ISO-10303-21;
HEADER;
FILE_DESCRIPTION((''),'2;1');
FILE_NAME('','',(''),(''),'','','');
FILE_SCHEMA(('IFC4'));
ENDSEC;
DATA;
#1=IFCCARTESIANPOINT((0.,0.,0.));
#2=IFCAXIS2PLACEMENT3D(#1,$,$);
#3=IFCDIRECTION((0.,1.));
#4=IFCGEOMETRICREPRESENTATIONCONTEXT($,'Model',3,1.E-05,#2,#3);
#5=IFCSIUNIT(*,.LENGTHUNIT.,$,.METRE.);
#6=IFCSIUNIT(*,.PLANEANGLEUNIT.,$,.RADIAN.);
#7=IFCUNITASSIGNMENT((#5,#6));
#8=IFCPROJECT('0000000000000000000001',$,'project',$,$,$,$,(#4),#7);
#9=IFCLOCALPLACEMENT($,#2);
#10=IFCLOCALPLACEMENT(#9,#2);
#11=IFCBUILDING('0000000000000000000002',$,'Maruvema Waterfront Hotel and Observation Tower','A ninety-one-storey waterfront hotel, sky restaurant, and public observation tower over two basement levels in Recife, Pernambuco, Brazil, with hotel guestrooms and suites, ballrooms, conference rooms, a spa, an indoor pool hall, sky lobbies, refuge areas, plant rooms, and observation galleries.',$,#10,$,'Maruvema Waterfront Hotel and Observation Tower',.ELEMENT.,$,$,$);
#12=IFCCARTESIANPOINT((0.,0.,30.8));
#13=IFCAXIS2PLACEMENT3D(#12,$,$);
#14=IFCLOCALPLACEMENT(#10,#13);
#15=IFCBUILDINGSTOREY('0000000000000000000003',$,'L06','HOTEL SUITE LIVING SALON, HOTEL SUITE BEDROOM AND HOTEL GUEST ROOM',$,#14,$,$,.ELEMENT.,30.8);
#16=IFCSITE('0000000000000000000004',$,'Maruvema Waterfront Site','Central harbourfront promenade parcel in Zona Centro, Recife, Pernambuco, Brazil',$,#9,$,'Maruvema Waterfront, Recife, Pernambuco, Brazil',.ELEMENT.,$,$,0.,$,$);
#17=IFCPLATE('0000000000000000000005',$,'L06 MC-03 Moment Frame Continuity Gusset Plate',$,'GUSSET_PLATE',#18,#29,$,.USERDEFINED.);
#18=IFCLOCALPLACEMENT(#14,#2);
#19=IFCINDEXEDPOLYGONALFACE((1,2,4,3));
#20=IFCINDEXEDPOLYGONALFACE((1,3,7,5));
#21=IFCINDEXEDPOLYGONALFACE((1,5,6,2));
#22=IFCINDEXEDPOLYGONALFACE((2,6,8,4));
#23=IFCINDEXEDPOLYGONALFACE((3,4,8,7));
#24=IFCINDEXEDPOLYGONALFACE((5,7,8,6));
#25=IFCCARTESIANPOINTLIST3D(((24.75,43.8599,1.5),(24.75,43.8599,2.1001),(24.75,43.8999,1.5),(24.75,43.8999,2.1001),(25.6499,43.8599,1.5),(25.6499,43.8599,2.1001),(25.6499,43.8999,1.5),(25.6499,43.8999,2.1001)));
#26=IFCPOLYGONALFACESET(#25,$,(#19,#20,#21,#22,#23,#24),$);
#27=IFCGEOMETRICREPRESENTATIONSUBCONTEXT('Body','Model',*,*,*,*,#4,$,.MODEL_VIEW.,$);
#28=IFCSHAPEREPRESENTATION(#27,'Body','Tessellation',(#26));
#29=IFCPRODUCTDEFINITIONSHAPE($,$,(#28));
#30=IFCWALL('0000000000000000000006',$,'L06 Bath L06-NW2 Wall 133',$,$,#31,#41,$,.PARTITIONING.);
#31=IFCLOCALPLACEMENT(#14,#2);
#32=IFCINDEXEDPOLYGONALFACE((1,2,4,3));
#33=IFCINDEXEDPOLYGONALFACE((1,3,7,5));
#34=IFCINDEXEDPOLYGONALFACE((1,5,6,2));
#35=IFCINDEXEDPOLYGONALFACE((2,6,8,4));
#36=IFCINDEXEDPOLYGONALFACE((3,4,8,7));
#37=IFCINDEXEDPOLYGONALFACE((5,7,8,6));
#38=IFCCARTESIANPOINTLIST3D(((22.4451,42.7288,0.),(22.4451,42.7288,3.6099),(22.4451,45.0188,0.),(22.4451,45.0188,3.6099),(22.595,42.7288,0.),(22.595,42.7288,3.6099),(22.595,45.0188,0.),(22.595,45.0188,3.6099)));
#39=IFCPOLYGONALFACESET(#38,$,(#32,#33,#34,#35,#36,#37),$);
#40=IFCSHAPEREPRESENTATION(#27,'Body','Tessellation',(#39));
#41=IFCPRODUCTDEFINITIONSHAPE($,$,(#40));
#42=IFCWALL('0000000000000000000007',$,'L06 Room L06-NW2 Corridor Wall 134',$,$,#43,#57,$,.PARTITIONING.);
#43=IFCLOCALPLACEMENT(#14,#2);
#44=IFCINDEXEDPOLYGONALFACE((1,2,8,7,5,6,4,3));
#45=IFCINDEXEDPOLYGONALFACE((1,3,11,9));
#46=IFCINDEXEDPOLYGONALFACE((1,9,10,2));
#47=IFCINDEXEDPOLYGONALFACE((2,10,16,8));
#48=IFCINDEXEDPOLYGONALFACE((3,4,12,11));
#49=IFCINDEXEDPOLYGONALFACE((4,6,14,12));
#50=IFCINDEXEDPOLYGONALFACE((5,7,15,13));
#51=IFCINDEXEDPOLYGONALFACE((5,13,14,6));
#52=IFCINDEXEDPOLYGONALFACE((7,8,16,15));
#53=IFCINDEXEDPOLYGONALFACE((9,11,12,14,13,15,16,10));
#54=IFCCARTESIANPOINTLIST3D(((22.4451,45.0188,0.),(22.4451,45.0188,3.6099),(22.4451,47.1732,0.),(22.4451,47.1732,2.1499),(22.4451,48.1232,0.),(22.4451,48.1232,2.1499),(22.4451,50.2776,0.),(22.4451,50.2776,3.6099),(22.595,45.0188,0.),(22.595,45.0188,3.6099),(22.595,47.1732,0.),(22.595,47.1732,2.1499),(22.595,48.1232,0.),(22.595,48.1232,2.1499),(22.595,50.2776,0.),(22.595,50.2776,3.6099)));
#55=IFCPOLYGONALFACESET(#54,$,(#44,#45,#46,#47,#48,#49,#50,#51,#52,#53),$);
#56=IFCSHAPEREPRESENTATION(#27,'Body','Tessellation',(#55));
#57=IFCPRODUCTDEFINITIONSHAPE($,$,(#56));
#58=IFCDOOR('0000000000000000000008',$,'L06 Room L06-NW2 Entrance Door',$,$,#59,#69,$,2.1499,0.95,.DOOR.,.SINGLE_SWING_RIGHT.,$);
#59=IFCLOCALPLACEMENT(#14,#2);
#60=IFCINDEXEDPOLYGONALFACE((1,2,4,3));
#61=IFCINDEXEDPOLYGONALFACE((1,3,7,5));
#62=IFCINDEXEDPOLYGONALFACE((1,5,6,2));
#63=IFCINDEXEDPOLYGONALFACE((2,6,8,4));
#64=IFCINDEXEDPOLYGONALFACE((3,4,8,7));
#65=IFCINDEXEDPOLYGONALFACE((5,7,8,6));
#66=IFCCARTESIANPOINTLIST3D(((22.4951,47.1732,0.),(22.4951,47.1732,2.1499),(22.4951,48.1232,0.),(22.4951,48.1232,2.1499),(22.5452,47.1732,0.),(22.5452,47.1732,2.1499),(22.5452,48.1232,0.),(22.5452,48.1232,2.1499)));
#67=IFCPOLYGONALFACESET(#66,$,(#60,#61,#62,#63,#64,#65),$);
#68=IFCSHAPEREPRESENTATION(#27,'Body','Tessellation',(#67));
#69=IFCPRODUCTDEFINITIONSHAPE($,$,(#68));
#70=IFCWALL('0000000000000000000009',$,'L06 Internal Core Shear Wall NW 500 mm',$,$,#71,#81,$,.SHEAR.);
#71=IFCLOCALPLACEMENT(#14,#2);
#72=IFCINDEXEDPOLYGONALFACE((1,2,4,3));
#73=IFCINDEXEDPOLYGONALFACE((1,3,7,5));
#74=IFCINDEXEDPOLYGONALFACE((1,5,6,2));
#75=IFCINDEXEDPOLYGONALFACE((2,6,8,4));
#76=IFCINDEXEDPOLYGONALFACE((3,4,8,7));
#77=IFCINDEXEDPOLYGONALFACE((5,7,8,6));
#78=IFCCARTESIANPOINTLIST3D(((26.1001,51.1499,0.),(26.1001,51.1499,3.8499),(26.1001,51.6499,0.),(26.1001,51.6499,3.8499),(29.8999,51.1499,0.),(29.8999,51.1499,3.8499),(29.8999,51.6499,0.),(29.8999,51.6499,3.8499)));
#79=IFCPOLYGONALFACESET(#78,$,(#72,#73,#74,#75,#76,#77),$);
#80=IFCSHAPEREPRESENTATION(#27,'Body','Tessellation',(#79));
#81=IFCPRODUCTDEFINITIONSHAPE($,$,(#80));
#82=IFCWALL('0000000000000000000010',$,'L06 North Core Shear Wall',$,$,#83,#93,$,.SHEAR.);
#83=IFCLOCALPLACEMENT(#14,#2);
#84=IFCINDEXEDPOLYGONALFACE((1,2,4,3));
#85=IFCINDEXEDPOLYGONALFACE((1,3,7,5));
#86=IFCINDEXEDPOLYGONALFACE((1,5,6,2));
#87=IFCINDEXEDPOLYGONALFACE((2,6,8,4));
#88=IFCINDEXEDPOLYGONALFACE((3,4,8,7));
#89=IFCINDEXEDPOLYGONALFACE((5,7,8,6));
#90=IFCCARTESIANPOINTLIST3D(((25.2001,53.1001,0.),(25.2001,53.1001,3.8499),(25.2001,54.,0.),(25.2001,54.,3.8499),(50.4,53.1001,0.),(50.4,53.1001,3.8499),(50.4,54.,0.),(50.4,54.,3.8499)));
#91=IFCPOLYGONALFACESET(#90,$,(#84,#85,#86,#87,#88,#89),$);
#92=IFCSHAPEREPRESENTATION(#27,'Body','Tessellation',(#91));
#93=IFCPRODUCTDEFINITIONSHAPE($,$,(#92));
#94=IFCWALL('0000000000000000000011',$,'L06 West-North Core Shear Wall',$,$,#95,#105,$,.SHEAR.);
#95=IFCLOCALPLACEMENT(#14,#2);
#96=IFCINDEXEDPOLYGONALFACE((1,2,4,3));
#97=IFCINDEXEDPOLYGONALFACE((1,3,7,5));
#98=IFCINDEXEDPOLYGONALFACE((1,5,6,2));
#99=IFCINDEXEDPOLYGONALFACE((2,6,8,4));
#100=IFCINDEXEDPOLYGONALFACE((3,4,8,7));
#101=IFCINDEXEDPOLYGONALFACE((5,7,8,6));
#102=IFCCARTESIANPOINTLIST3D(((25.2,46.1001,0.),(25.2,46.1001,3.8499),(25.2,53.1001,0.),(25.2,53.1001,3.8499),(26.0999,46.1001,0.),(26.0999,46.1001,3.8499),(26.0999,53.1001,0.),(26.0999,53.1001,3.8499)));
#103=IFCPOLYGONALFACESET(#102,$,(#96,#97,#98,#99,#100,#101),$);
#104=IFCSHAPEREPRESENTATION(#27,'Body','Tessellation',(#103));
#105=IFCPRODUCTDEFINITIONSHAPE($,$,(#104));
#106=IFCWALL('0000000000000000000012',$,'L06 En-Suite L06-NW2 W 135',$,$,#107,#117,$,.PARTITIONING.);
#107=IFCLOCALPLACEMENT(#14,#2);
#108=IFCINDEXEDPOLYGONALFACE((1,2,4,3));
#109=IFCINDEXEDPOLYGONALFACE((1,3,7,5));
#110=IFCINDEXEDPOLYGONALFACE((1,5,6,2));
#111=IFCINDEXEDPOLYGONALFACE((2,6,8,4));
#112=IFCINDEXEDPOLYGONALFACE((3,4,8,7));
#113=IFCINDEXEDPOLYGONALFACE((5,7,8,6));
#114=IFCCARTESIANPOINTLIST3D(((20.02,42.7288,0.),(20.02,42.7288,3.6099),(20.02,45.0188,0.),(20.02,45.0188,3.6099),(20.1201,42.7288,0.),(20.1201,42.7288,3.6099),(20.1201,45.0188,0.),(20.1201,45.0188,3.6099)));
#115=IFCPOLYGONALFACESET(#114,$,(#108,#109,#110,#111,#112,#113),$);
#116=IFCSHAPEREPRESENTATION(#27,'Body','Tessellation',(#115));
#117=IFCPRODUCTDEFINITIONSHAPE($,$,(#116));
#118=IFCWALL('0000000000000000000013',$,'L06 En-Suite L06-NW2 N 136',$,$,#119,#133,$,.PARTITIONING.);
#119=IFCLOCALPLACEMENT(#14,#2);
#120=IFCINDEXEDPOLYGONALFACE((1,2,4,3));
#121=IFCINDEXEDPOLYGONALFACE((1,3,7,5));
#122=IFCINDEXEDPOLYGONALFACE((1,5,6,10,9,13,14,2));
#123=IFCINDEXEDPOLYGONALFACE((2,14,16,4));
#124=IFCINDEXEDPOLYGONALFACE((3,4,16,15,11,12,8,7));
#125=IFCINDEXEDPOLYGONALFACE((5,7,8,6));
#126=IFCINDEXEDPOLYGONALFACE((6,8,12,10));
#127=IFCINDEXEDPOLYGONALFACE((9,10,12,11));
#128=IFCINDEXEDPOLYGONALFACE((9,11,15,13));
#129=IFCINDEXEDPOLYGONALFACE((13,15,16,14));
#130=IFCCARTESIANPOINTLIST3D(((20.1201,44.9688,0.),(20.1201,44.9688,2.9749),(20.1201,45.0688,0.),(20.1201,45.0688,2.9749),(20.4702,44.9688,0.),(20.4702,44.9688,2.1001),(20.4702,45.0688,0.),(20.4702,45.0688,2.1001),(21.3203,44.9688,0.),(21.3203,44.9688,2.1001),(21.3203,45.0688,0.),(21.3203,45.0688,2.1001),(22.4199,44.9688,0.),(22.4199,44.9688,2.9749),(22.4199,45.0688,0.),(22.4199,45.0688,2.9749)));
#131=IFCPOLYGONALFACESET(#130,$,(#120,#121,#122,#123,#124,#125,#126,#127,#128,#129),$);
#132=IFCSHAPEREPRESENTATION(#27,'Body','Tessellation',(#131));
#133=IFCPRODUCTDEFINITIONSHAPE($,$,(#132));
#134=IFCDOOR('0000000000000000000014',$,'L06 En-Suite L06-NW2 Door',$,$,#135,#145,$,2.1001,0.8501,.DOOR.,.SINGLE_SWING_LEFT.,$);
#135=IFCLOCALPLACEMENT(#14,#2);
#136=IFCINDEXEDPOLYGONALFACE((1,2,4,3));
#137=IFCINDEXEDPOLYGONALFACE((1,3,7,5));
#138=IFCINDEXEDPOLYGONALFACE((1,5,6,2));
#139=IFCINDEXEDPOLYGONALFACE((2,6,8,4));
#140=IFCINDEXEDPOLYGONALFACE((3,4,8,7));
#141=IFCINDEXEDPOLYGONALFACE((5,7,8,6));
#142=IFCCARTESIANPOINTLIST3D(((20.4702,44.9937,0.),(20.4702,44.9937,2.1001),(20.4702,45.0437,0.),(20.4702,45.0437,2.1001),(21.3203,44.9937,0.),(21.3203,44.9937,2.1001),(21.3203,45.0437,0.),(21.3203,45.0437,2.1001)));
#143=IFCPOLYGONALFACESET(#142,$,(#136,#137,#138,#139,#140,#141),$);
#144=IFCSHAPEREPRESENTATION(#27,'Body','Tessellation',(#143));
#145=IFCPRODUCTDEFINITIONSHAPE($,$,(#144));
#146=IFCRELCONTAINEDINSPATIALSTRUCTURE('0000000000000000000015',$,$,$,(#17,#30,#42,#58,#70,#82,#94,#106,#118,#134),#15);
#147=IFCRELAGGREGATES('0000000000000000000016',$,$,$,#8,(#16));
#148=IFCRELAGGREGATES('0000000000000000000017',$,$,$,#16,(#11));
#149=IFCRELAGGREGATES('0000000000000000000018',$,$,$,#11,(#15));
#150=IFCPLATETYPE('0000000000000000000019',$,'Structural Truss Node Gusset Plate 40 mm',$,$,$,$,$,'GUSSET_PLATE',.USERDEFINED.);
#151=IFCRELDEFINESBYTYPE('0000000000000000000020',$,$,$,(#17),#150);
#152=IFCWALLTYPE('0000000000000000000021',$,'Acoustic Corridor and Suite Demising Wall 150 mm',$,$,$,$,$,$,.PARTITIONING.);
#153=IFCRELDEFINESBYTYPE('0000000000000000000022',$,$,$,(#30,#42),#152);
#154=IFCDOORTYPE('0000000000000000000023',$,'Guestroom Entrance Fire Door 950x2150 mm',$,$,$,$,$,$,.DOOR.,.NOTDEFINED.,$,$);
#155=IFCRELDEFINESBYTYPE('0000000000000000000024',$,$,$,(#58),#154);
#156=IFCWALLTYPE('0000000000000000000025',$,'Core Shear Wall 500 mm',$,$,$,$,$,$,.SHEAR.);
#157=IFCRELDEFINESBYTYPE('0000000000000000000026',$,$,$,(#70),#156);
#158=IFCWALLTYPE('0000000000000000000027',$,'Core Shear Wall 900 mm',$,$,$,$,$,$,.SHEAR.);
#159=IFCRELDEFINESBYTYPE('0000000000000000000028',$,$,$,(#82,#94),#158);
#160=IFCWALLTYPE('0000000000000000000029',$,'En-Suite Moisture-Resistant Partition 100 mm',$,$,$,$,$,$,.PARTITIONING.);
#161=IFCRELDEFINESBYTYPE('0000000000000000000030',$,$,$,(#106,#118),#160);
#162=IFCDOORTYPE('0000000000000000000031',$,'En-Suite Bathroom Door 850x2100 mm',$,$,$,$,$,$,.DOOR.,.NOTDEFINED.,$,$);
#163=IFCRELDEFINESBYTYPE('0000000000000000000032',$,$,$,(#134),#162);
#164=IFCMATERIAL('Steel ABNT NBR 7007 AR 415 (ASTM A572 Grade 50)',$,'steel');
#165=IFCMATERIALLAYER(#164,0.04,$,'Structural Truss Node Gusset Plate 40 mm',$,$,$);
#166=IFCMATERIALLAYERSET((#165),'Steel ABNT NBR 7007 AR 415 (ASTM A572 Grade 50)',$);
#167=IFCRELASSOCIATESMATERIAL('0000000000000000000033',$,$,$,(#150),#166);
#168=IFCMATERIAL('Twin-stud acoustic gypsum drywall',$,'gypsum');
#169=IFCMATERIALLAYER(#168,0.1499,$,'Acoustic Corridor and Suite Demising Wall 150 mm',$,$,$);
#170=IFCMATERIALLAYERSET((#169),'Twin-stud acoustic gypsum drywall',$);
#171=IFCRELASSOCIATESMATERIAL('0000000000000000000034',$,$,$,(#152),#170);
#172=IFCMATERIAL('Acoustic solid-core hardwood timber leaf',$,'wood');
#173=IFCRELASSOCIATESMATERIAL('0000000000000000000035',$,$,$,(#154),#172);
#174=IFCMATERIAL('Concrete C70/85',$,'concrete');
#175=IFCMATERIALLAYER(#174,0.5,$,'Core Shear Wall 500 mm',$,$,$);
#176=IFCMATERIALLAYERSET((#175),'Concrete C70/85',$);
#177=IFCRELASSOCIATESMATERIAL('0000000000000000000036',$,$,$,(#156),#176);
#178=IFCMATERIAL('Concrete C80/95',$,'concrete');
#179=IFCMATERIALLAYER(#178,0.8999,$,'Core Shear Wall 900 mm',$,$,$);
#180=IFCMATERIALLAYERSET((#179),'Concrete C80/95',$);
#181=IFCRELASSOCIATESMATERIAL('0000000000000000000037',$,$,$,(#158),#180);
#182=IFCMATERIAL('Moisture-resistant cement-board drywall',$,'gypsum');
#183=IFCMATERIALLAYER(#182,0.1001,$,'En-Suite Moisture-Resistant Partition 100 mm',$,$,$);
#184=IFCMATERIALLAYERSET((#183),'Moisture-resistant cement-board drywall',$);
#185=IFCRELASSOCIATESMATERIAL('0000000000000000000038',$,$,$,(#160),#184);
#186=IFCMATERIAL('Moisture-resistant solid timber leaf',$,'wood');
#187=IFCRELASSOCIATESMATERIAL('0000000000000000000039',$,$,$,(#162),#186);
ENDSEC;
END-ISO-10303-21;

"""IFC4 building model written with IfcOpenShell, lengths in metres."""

from ifc_helpers import new_model, si_unit, direction, frame, frame_2d, origin, origin_2d, place, context, subcontext, project, spatial, rectangle, extrude, material, layer, layer_set, type_object, element, fill, save


model = new_model("IFC4")

# Units and contexts
model_context = context("Model", 3, precision=1e-05, world=origin(), true_north=direction((0.0, 1.0)))
body_context = subcontext(model_context, "Body", "Model", "MODEL_VIEW")
ifc_project = project(units=[si_unit("LENGTHUNIT", "METRE"), si_unit("PLANEANGLEUNIT", "RADIAN")], contexts=[model_context])

# Site, building, storey
site_placement = place(None, origin())
site = spatial("IfcSite", under=ifc_project, at=site_placement, Name="Maruvema Waterfront Site", Description="Central harbourfront promenade parcel in Zona Centro, Recife, Pernambuco, Brazil", LongName="Maruvema Waterfront, Recife, Pernambuco, Brazil", CompositionType="ELEMENT", RefElevation=0.0)
building_placement = place(site_placement, origin())
building = spatial("IfcBuilding", under=site, at=building_placement, Name="Maruvema Waterfront Hotel and Observation Tower", Description="A ninety-one-storey waterfront hotel, sky restaurant, and public observation tower over two basement levels in Recife, Pernambuco, Brazil, with hotel guestrooms and suites, ballrooms, conference rooms, a spa, an indoor pool hall, sky lobbies, refuge areas, plant rooms, and observation galleries.", LongName="Maruvema Waterfront Hotel and Observation Tower", CompositionType="ELEMENT")
storey_placement = place(building_placement, frame((0.0, 0.0, 30.8)))
storey = spatial("IfcBuildingStorey", under=building, at=storey_placement, Name="L06", Description="HOTEL SUITE LIVING SALON, HOTEL SUITE BEDROOM AND HOTEL GUEST ROOM", CompositionType="ELEMENT", Elevation=30.8)

# Plate
ifc_material_1 = material(Name="Steel ABNT NBR 7007 AR 415 (ASTM A572 Grade 50)", Category="steel")
ifc_layer_1 = layer(ifc_material_1, 0.04, Name="Structural Truss Node Gusset Plate 40 mm")
ifc_layer_set_1 = layer_set([ifc_layer_1], Name="Steel ABNT NBR 7007 AR 415 (ASTM A572 Grade 50)")
plate_type_1 = type_object("IfcPlateType", Name="Structural Truss Node Gusset Plate 40 mm", ElementType="GUSSET_PLATE", PredefinedType="USERDEFINED", material=ifc_layer_set_1)
plate_1_placement = place(storey_placement, frame((25.2, 43.8799, 1.5), z_axis=(0.0, 0.0, 1.0), x_axis=(1.0, 0.0, 0.0)))
element("IfcPlate", 1, at=plate_1_placement, inside=storey, type_object=plate_type_1, Name="L06 MC-03 Moment Frame Continuity Gusset Plate", ObjectType="GUSSET_PLATE", PredefinedType="USERDEFINED", context=body_context, shape_type="SweptSolid", body=[
    extrude(rectangle(XDim=0.8999, YDim=0.04, at=origin_2d()), origin(), (0.0, 0.0, 1.0), 0.6001),
])

# Wall
ifc_material_2 = material(Name="Twin-stud acoustic gypsum drywall", Category="gypsum")
ifc_layer_2 = layer(ifc_material_2, 0.1499, Name="Acoustic Corridor and Suite Demising Wall 150 mm")
ifc_layer_set_2 = layer_set([ifc_layer_2], Name="Twin-stud acoustic gypsum drywall")
wall_type_1 = type_object("IfcWallType", Name="Acoustic Corridor and Suite Demising Wall 150 mm", PredefinedType="PARTITIONING", material=ifc_layer_set_2)
wall_1_placement = place(storey_placement, frame((22.52, 42.7288, 0.0), z_axis=(0.0, 0.0, 1.0), x_axis=(0.0, 1.0, 0.0)))
element("IfcWall", 2, at=wall_1_placement, inside=storey, type_object=wall_type_1, Name="L06 Bath L06-NW2 Wall 133", PredefinedType="PARTITIONING", context=body_context, shape_type="SweptSolid", body=[
    extrude(rectangle(XDim=2.29, YDim=0.1499, at=frame_2d((1.145, 0.0))), origin(), (0.0, 0.0, 1.0), 3.6099),
])

# Wall, opening, door
wall_2_placement = place(storey_placement, frame((22.52, 45.0188, 0.0), z_axis=(0.0, 0.0, 1.0), x_axis=(0.0, 1.0, 0.0)))
wall_2 = element("IfcWall", 3, at=wall_2_placement, inside=storey, type_object=wall_type_1, Name="L06 Room L06-NW2 Corridor Wall 134", PredefinedType="PARTITIONING", context=body_context, shape_type="SweptSolid", body=[
    extrude(rectangle(XDim=5.2588, YDim=0.1499, at=frame_2d((2.6294, 0.0))), origin(), (0.0, 0.0, 1.0), 3.6099),
])
opening_1_placement = place(wall_2_placement, frame((2.1543, 0.0, 0.0)))
opening_1 = element("IfcOpeningElement", 4, at=opening_1_placement, cuts=wall_2, PredefinedType="OPENING", context=body_context, shape_type="SweptSolid", body=[
    extrude(rectangle(XDim=0.95, YDim=2.1499, at=frame_2d((0.4751, 1.075))), frame((0.0, 0.085, 0.0), z_axis=(0.0, -1.0, 0.0), x_axis=(1.0, 0.0, 0.0)), (0.0, 0.0, 1.0), 0.1699),
])
ifc_material_3 = material(Name="Acoustic solid-core hardwood timber leaf", Category="wood")
door_type_1 = type_object("IfcDoorType", Name="Guestroom Entrance Fire Door 950x2150 mm", OperationType="NOTDEFINED", PredefinedType="DOOR", material=ifc_material_3)
door_1_placement = place(opening_1_placement, origin())
door_1 = element("IfcDoor", 5, at=door_1_placement, inside=storey, type_object=door_type_1, Name="L06 Room L06-NW2 Entrance Door", OperationType="SINGLE_SWING_RIGHT", OverallHeight=2.1499, OverallWidth=0.95, PredefinedType="DOOR", context=body_context, shape_type="SweptSolid", body=[
    extrude(rectangle(XDim=0.95, YDim=2.1499, at=frame_2d((0.4751, 1.075))), frame((0.0, 0.0249, 0.0), z_axis=(0.0, -1.0, 0.0), x_axis=(1.0, 0.0, 0.0)), (0.0, 0.0, 1.0), 0.05),
])
fill(opening_1, door_1)

# Walls
ifc_material_4 = material(Name="Concrete C70/85", Category="concrete")
ifc_layer_3 = layer(ifc_material_4, 0.5, Name="Core Shear Wall 500 mm")
ifc_layer_set_3 = layer_set([ifc_layer_3], Name="Concrete C70/85")
wall_type_2 = type_object("IfcWallType", Name="Core Shear Wall 500 mm", PredefinedType="SHEAR", material=ifc_layer_set_3)
wall_3_placement = place(storey_placement, frame((26.1001, 51.3999, 0.0), z_axis=(0.0, 0.0, 1.0), x_axis=(1.0, 0.0, 0.0)))
element("IfcWall", 6, at=wall_3_placement, inside=storey, type_object=wall_type_2, Name="L06 Internal Core Shear Wall NW 500 mm", PredefinedType="SHEAR", context=body_context, shape_type="SweptSolid", body=[
    extrude(rectangle(XDim=3.7998, YDim=0.5, at=frame_2d((1.8999, 0.0))), origin(), (0.0, 0.0, 1.0), 3.8499),
])
ifc_material_5 = material(Name="Concrete C80/95", Category="concrete")
ifc_layer_4 = layer(ifc_material_5, 0.8999, Name="Core Shear Wall 900 mm")
ifc_layer_set_4 = layer_set([ifc_layer_4], Name="Concrete C80/95")
wall_type_3 = type_object("IfcWallType", Name="Core Shear Wall 900 mm", PredefinedType="SHEAR", material=ifc_layer_set_4)
wall_4_placement = place(storey_placement, frame((25.2, 53.55, 0.0), z_axis=(0.0, 0.0, 1.0), x_axis=(1.0, 0.0, 0.0)))
element("IfcWall", 7, at=wall_4_placement, inside=storey, type_object=wall_type_3, Name="L06 North Core Shear Wall", PredefinedType="SHEAR", context=body_context, shape_type="SweptSolid", body=[
    extrude(rectangle(XDim=25.2, YDim=0.8999, at=frame_2d((12.6001, 0.0))), origin(), (0.0, 0.0, 1.0), 3.8499),
])
wall_5_placement = place(storey_placement, frame((25.6499, 46.1001, 0.0), z_axis=(0.0, 0.0, 1.0), x_axis=(0.0, 1.0, 0.0)))
element("IfcWall", 8, at=wall_5_placement, inside=storey, type_object=wall_type_3, Name="L06 West-North Core Shear Wall", PredefinedType="SHEAR", context=body_context, shape_type="SweptSolid", body=[
    extrude(rectangle(XDim=7.0, YDim=0.8999, at=frame_2d((3.5, 0.0))), origin(), (0.0, 0.0, 1.0), 3.8499),
])
ifc_material_6 = material(Name="Moisture-resistant cement-board drywall", Category="gypsum")
ifc_layer_5 = layer(ifc_material_6, 0.1001, Name="En-Suite Moisture-Resistant Partition 100 mm")
ifc_layer_set_5 = layer_set([ifc_layer_5], Name="Moisture-resistant cement-board drywall")
wall_type_4 = type_object("IfcWallType", Name="En-Suite Moisture-Resistant Partition 100 mm", PredefinedType="PARTITIONING", material=ifc_layer_set_5)
wall_6_placement = place(storey_placement, frame((20.0701, 42.7288, 0.0), z_axis=(0.0, 0.0, 1.0), x_axis=(0.0, 1.0, 0.0)))
element("IfcWall", 9, at=wall_6_placement, inside=storey, type_object=wall_type_4, Name="L06 En-Suite L06-NW2 W 135", PredefinedType="PARTITIONING", context=body_context, shape_type="SweptSolid", body=[
    extrude(rectangle(XDim=2.29, YDim=0.1001, at=frame_2d((1.145, 0.0))), origin(), (0.0, 0.0, 1.0), 3.6099),
])

# Wall, opening, door
wall_7_placement = place(storey_placement, frame((20.1201, 45.0188, 0.0), z_axis=(0.0, 0.0, 1.0), x_axis=(1.0, 0.0, 0.0)))
wall_7 = element("IfcWall", 10, at=wall_7_placement, inside=storey, type_object=wall_type_4, Name="L06 En-Suite L06-NW2 N 136", PredefinedType="PARTITIONING", context=body_context, shape_type="SweptSolid", body=[
    extrude(rectangle(XDim=2.2998, YDim=0.1001, at=frame_2d((1.1499, 0.0))), origin(), (0.0, 0.0, 1.0), 2.9749),
])
opening_2_placement = place(wall_7_placement, frame((0.3501, 0.0, 0.0)))
opening_2 = element("IfcOpeningElement", 11, at=opening_2_placement, cuts=wall_7, PredefinedType="OPENING", context=body_context, shape_type="SweptSolid", body=[
    extrude(rectangle(XDim=0.8501, YDim=2.1001, at=frame_2d((0.425, 1.05))), frame((0.0, 0.0601, 0.0), z_axis=(0.0, -1.0, 0.0), x_axis=(1.0, 0.0, 0.0)), (0.0, 0.0, 1.0), 0.1201),
])
ifc_material_7 = material(Name="Moisture-resistant solid timber leaf", Category="wood")
door_type_2 = type_object("IfcDoorType", Name="En-Suite Bathroom Door 850x2100 mm", OperationType="NOTDEFINED", PredefinedType="DOOR", material=ifc_material_7)
door_2_placement = place(opening_2_placement, origin())
door_2 = element("IfcDoor", 12, at=door_2_placement, inside=storey, type_object=door_type_2, Name="L06 En-Suite L06-NW2 Door", OperationType="SINGLE_SWING_LEFT", OverallHeight=2.1001, OverallWidth=0.8501, PredefinedType="DOOR", context=body_context, shape_type="SweptSolid", body=[
    extrude(rectangle(XDim=0.8501, YDim=2.1001, at=frame_2d((0.425, 1.05))), frame((0.0, 0.0249, 0.0), z_axis=(0.0, -1.0, 0.0), x_axis=(1.0, 0.0, 0.0)), (0.0, 0.0, 1.0), 0.05),
])
fill(opening_2, door_2)

save(model, "model.ifc")
